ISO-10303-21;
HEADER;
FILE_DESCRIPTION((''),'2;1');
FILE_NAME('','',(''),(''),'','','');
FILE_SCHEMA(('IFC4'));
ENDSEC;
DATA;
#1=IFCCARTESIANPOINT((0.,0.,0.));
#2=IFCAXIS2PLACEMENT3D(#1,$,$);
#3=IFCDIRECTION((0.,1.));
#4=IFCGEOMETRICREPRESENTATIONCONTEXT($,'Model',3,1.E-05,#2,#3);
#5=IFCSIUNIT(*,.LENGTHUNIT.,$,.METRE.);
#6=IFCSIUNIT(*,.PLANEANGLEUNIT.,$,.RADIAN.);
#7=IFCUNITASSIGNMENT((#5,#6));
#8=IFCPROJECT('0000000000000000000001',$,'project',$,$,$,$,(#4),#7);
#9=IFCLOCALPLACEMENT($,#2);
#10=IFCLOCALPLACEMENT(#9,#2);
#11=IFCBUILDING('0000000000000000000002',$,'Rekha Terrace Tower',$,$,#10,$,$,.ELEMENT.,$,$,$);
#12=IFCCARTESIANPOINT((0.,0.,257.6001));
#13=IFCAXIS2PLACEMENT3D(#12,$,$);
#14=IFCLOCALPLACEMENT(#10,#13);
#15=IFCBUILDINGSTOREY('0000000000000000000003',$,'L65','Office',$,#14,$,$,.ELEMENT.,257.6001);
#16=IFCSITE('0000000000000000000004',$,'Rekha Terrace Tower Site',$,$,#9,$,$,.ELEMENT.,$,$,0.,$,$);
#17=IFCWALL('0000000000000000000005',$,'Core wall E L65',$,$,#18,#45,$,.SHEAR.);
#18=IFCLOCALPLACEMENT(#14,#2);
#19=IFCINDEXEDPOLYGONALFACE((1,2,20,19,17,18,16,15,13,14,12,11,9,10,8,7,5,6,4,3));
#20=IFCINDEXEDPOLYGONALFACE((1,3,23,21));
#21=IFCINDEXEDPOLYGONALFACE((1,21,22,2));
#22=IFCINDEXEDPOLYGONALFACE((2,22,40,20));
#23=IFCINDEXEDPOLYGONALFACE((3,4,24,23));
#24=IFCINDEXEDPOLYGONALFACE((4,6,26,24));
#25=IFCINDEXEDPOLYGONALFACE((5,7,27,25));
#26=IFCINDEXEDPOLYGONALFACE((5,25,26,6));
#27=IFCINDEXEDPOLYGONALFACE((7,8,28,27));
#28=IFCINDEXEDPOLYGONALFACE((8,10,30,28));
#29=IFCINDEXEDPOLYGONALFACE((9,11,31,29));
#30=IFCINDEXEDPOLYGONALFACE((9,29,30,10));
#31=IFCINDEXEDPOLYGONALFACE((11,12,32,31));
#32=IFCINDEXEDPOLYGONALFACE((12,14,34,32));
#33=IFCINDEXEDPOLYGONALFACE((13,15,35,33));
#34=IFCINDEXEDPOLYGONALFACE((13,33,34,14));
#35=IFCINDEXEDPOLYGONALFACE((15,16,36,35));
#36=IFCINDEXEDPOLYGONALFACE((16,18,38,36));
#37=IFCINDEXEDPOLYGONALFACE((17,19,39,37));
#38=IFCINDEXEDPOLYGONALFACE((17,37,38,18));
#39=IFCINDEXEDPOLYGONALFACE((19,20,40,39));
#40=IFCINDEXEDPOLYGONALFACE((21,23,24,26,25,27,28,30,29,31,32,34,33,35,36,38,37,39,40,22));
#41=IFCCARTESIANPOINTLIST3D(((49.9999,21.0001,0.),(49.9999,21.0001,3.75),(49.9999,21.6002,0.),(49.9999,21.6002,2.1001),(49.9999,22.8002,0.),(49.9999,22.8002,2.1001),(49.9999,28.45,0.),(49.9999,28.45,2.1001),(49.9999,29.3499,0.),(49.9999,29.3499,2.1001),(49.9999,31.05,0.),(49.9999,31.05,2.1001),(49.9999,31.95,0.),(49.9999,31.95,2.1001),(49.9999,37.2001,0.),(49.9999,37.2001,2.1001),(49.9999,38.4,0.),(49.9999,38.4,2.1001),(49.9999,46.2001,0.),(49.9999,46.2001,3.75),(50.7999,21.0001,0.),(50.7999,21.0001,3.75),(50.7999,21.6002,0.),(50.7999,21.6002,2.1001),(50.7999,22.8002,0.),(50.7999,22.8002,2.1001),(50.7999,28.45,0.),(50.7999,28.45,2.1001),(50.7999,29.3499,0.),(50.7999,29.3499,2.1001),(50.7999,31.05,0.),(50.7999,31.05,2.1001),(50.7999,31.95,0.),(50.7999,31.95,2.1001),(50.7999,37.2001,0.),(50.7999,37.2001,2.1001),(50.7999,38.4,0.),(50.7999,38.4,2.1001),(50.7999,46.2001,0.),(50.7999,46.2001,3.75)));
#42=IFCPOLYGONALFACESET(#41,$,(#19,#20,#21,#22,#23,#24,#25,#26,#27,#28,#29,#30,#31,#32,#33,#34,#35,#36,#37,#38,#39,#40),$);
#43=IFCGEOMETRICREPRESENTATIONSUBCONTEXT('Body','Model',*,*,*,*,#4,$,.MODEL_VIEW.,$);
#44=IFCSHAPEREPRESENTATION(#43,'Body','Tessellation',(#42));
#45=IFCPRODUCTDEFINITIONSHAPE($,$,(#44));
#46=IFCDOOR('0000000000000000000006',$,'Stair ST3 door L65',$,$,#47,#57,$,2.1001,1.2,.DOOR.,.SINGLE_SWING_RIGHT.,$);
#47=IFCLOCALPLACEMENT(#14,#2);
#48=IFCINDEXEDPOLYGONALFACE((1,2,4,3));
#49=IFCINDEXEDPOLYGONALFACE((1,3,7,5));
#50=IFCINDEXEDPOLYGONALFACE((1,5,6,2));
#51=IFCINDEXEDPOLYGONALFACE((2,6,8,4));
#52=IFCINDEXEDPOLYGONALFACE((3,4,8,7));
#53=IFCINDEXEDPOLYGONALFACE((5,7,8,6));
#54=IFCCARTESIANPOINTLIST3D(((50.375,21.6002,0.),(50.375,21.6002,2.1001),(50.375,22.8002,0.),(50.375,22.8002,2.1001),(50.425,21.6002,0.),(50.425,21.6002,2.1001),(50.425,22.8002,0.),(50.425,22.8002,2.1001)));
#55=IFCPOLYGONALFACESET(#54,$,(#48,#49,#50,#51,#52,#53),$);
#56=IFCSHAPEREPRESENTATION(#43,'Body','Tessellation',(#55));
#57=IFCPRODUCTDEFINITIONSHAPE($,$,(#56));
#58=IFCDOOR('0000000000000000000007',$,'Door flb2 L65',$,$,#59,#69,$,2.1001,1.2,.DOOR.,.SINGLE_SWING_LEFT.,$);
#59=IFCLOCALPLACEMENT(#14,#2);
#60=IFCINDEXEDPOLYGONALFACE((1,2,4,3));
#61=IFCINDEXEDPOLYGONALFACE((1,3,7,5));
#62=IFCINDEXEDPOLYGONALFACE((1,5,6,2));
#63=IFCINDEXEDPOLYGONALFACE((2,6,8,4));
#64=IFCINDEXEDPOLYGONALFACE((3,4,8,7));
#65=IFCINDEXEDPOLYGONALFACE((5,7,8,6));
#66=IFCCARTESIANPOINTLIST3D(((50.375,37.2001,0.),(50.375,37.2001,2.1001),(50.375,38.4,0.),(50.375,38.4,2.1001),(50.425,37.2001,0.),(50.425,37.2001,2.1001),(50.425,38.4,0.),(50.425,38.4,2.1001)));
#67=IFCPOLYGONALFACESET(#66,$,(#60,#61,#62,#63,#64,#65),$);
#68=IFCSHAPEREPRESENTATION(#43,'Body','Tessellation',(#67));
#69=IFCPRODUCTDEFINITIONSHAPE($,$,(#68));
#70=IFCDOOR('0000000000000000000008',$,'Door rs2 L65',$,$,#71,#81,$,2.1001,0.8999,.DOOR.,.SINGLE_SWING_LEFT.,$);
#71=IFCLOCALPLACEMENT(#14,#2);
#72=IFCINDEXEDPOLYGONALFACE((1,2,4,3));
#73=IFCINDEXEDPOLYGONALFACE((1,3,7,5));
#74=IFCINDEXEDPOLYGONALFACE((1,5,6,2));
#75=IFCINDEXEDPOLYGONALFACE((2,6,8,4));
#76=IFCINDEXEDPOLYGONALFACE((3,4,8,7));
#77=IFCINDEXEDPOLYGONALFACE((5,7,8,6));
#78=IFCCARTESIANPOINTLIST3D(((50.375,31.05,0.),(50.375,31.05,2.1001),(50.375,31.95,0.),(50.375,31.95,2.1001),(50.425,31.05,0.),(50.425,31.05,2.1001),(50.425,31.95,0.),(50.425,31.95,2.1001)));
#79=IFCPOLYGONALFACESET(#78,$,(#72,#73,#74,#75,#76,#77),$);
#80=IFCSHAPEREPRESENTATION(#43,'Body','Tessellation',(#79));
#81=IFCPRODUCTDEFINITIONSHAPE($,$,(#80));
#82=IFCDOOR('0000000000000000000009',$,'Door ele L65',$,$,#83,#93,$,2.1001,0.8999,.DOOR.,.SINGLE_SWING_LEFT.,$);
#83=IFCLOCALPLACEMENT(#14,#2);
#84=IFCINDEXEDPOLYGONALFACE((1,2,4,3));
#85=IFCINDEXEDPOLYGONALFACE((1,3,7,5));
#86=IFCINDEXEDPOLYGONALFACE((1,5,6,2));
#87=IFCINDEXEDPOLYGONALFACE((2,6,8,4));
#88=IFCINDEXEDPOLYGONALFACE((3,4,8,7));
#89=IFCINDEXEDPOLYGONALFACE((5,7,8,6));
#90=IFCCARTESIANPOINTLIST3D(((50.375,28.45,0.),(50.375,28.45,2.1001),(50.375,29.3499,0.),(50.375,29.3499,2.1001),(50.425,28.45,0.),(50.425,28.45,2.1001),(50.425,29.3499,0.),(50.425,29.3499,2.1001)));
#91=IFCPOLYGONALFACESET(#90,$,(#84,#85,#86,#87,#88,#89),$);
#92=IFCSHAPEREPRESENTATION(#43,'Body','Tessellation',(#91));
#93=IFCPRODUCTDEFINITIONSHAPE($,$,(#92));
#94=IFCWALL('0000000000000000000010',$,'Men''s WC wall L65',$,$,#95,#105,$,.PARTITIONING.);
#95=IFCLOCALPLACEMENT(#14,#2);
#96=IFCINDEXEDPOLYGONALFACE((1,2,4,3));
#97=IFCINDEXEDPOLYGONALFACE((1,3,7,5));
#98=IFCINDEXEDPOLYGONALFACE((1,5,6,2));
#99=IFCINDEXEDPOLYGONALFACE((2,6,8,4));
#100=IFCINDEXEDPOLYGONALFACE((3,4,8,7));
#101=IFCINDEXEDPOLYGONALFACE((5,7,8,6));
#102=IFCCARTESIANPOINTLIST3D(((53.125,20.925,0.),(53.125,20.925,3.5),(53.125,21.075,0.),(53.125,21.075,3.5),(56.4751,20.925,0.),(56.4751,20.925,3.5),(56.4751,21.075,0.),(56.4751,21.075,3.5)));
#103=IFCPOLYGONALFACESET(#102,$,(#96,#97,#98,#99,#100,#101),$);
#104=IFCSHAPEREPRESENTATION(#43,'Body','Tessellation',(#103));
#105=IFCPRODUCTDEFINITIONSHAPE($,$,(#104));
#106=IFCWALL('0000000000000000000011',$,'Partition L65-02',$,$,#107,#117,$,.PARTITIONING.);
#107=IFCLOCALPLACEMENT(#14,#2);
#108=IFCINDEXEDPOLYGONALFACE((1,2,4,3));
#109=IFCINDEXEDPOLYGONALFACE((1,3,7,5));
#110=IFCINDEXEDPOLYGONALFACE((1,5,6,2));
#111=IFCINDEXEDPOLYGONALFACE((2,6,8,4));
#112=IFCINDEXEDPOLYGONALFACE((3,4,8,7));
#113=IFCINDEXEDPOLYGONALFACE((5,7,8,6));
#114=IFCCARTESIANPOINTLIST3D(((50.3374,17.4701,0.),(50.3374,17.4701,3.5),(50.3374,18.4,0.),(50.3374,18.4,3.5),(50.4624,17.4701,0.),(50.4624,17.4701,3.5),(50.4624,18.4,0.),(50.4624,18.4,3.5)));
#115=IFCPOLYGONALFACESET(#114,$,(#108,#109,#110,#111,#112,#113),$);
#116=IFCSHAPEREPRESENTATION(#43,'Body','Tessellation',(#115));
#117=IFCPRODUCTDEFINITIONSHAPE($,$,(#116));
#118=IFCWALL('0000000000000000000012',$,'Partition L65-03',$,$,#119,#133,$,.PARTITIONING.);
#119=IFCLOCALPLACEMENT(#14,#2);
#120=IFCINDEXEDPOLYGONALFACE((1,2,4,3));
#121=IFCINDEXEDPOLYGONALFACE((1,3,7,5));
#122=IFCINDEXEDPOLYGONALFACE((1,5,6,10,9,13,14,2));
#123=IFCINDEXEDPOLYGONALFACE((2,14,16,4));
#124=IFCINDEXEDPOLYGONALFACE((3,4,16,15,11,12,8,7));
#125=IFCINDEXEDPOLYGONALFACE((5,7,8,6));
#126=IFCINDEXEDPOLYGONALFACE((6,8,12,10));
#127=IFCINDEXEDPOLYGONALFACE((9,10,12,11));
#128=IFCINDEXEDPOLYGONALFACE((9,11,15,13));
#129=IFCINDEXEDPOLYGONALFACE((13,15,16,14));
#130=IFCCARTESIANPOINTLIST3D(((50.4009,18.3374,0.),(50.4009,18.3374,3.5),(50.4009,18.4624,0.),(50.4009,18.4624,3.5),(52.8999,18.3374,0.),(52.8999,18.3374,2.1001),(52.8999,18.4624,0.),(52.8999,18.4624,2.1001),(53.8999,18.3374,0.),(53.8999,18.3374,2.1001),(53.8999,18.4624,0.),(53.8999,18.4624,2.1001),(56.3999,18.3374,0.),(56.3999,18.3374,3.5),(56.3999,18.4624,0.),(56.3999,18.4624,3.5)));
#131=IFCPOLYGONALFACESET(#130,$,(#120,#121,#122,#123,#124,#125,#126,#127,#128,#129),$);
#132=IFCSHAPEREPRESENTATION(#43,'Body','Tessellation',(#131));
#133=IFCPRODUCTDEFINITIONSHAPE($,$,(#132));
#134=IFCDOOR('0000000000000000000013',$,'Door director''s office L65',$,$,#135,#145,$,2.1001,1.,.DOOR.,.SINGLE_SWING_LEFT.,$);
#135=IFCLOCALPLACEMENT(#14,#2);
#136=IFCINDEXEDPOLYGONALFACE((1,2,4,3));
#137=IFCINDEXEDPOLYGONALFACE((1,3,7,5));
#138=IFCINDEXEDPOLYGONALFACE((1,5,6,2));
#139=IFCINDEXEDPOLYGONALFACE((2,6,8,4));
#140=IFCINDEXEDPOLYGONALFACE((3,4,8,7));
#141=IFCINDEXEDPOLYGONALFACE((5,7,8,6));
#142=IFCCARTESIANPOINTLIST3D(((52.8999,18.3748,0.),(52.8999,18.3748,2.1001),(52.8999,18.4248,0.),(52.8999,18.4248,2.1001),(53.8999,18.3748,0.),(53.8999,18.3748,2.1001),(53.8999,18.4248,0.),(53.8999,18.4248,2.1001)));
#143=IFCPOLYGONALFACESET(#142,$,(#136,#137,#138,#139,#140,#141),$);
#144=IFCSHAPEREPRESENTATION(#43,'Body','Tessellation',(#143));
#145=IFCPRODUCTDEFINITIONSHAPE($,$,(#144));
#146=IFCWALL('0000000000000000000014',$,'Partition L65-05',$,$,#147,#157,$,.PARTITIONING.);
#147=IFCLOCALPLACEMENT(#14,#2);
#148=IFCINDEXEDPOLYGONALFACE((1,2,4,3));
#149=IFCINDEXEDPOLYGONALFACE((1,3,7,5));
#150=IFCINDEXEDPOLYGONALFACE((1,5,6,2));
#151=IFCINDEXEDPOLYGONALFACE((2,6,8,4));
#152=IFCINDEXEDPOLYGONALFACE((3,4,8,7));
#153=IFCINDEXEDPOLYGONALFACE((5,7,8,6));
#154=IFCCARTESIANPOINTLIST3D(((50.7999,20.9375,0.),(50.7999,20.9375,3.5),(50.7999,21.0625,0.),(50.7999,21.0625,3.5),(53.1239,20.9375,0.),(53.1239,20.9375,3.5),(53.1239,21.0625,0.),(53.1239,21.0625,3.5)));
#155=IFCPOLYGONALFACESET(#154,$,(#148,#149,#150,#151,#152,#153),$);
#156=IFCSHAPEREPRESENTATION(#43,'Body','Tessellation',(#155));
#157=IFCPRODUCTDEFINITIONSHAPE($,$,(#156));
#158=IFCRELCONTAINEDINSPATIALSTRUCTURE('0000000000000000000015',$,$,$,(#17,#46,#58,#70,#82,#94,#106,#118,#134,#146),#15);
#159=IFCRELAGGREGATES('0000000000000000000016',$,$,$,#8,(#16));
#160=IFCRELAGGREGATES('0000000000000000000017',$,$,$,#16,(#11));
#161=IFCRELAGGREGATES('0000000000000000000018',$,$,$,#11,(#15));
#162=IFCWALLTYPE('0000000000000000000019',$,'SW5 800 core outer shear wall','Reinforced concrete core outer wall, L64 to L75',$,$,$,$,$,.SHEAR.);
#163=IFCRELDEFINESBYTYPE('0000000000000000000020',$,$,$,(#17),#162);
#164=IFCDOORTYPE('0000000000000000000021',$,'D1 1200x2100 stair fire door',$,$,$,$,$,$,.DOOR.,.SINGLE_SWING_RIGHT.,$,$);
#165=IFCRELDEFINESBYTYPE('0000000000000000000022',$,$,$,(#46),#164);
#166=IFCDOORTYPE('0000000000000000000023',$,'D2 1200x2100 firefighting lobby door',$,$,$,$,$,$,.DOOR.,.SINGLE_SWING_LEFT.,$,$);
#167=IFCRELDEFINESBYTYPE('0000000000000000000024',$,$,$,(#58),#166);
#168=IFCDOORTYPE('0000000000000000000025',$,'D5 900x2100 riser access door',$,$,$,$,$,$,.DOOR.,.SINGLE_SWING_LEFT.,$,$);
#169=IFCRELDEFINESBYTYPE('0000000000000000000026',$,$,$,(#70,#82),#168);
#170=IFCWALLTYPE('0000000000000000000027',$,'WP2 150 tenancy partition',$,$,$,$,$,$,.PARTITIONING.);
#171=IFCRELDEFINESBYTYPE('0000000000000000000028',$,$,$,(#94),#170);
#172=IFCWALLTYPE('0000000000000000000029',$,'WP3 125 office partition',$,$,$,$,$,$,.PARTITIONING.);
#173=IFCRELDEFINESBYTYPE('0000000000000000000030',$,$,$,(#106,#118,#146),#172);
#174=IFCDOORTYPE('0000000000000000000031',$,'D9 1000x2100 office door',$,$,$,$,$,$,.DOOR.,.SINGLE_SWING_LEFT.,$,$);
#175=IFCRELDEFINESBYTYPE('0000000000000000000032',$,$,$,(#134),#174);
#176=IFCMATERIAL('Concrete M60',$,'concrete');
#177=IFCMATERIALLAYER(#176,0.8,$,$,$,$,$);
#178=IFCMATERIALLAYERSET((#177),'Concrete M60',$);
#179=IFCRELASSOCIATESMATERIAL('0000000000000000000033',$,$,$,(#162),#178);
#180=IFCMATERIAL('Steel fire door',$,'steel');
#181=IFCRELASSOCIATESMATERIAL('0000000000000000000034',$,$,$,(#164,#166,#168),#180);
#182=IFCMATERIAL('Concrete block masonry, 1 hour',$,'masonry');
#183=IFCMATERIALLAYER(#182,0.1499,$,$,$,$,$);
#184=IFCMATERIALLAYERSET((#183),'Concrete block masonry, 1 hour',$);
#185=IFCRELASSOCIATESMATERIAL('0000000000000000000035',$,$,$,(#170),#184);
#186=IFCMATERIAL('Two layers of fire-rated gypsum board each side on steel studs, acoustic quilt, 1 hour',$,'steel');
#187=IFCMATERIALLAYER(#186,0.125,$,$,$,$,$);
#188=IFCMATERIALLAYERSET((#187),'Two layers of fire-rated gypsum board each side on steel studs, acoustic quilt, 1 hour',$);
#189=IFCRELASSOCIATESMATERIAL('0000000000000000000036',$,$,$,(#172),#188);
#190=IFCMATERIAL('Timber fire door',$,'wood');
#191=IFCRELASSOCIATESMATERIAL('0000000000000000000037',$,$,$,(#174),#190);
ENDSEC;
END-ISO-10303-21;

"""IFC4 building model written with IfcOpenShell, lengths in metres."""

from ifc_helpers import new_model, si_unit, direction, frame, frame_2d, origin, place, context, subcontext, project, spatial, rectangle, extrude, material, layer, layer_set, type_object, element, fill, save


model = new_model("IFC4")

# Units and contexts
model_context = context("Model", 3, precision=1e-05, world=origin(), true_north=direction((0.0, 1.0)))
body_context = subcontext(model_context, "Body", "Model", "MODEL_VIEW")
ifc_project = project(units=[si_unit("LENGTHUNIT", "METRE"), si_unit("PLANEANGLEUNIT", "RADIAN")], contexts=[model_context])

# Site, building, storey
site_placement = place(None, origin())
site = spatial("IfcSite", under=ifc_project, at=site_placement, Name="Rekha Terrace Tower Site", CompositionType="ELEMENT", RefElevation=0.0)
building_placement = place(site_placement, origin())
building = spatial("IfcBuilding", under=site, at=building_placement, Name="Rekha Terrace Tower", CompositionType="ELEMENT")
storey_placement = place(building_placement, frame((0.0, 0.0, 257.6001)))
storey = spatial("IfcBuildingStorey", under=building, at=storey_placement, Name="L65", Description="Office", CompositionType="ELEMENT", Elevation=257.6001)

# Shared definitions
ifc_material_1 = material(Name="Concrete M60", Category="concrete")

# Wall, openings, doors
ifc_layer_1 = layer(ifc_material_1, 0.8)
ifc_layer_set_1 = layer_set([ifc_layer_1], Name="Concrete M60")
wall_type_1 = type_object("IfcWallType", Name="SW5 800 core outer shear wall", Description="Reinforced concrete core outer wall, L64 to L75", PredefinedType="SHEAR", material=ifc_layer_set_1)
wall_1_placement = place(storey_placement, frame((50.3999, 21.0, 0.0), z_axis=(0.0, 0.0, 1.0), x_axis=(0.0, 1.0, 0.0)))
wall_1 = element("IfcWall", 1, at=wall_1_placement, inside=storey, type_object=wall_type_1, Name="Core wall E L65", PredefinedType="SHEAR", context=body_context, shape_type="SweptSolid", body=[
    extrude(rectangle(XDim=25.2, YDim=0.8, at=frame_2d((12.6001, 0.0))), origin(), (0.0, 0.0, 1.0), 3.75),
])
opening_1_placement = place(wall_1_placement, frame((16.2, 0.0, 0.0)))
opening_1 = element("IfcOpeningElement", 2, at=opening_1_placement, cuts=wall_1, PredefinedType="OPENING", context=body_context, shape_type="SweptSolid", body=[
    extrude(rectangle(XDim=1.2, YDim=2.1001, at=frame_2d((0.6001, 1.05))), frame((0.0, 0.4099, 0.0), z_axis=(0.0, -1.0, 0.0), x_axis=(1.0, 0.0, 0.0)), (0.0, 0.0, 1.0), 0.8201),
])
opening_2_placement = place(wall_1_placement, frame((10.05, 0.0, 0.0)))
opening_2 = element("IfcOpeningElement", 3, at=opening_2_placement, cuts=wall_1, PredefinedType="OPENING", context=body_context, shape_type="SweptSolid", body=[
    extrude(rectangle(XDim=0.8999, YDim=2.1001, at=frame_2d((0.45, 1.05))), frame((0.0, 0.4099, 0.0), z_axis=(0.0, -1.0, 0.0), x_axis=(1.0, 0.0, 0.0)), (0.0, 0.0, 1.0), 0.8201),
])
opening_3_placement = place(wall_1_placement, frame((7.45, 0.0, 0.0)))
opening_3 = element("IfcOpeningElement", 4, at=opening_3_placement, cuts=wall_1, PredefinedType="OPENING", context=body_context, shape_type="SweptSolid", body=[
    extrude(rectangle(XDim=0.8999, YDim=2.1001, at=frame_2d((0.45, 1.05))), frame((0.0, 0.4099, 0.0), z_axis=(0.0, -1.0, 0.0), x_axis=(1.0, 0.0, 0.0)), (0.0, 0.0, 1.0), 0.8201),
])
opening_4_placement = place(wall_1_placement, frame((0.6001, 0.0, 0.0)))
opening_4 = element("IfcOpeningElement", 5, at=opening_4_placement, cuts=wall_1, PredefinedType="OPENING", context=body_context, shape_type="SweptSolid", body=[
    extrude(rectangle(XDim=1.2, YDim=2.1001, at=frame_2d((0.6001, 1.05))), frame((0.0, 0.4099, 0.0), z_axis=(0.0, -1.0, 0.0), x_axis=(1.0, 0.0, 0.0)), (0.0, 0.0, 1.0), 0.8201),
])
ifc_material_2 = material(Name="Steel fire door", Category="steel")
door_type_1 = type_object("IfcDoorType", Name="D1 1200x2100 stair fire door", OperationType="SINGLE_SWING_RIGHT", PredefinedType="DOOR", material=ifc_material_2)
door_1_placement = place(opening_4_placement, origin())
door_1 = element("IfcDoor", 6, at=door_1_placement, inside=storey, type_object=door_type_1, Name="Stair ST3 door L65", OperationType="SINGLE_SWING_RIGHT", OverallHeight=2.1001, OverallWidth=1.2, PredefinedType="DOOR", context=body_context, shape_type="SweptSolid", body=[
    extrude(rectangle(XDim=1.2, YDim=2.1001, at=frame_2d((0.6001, 1.05))), frame((0.0, 0.0249, 0.0), z_axis=(0.0, -1.0, 0.0), x_axis=(1.0, 0.0, 0.0)), (0.0, 0.0, 1.0), 0.05),
])
fill(opening_4, door_1)
door_type_2 = type_object("IfcDoorType", Name="D2 1200x2100 firefighting lobby door", OperationType="SINGLE_SWING_LEFT", PredefinedType="DOOR", material=ifc_material_2)
door_2_placement = place(opening_1_placement, origin())
door_2 = element("IfcDoor", 7, at=door_2_placement, inside=storey, type_object=door_type_2, Name="Door flb2 L65", OperationType="SINGLE_SWING_LEFT", OverallHeight=2.1001, OverallWidth=1.2, PredefinedType="DOOR", context=body_context, shape_type="SweptSolid", body=[
    extrude(rectangle(XDim=1.2, YDim=2.1001, at=frame_2d((0.6001, 1.05))), frame((0.0, 0.0249, 0.0), z_axis=(0.0, -1.0, 0.0), x_axis=(1.0, 0.0, 0.0)), (0.0, 0.0, 1.0), 0.05),
])
fill(opening_1, door_2)
door_type_3 = type_object("IfcDoorType", Name="D5 900x2100 riser access door", OperationType="SINGLE_SWING_LEFT", PredefinedType="DOOR", material=ifc_material_2)
door_3_placement = place(opening_2_placement, origin())
door_3 = element("IfcDoor", 8, at=door_3_placement, inside=storey, type_object=door_type_3, Name="Door rs2 L65", OperationType="SINGLE_SWING_LEFT", OverallHeight=2.1001, OverallWidth=0.8999, PredefinedType="DOOR", context=body_context, shape_type="SweptSolid", body=[
    extrude(rectangle(XDim=0.8999, YDim=2.1001, at=frame_2d((0.45, 1.05))), frame((0.0, 0.0249, 0.0), z_axis=(0.0, -1.0, 0.0), x_axis=(1.0, 0.0, 0.0)), (0.0, 0.0, 1.0), 0.05),
])
fill(opening_2, door_3)
door_4_placement = place(opening_3_placement, origin())
door_4 = element("IfcDoor", 9, at=door_4_placement, inside=storey, type_object=door_type_3, Name="Door ele L65", OperationType="SINGLE_SWING_LEFT", OverallHeight=2.1001, OverallWidth=0.8999, PredefinedType="DOOR", context=body_context, shape_type="SweptSolid", body=[
    extrude(rectangle(XDim=0.8999, YDim=2.1001, at=frame_2d((0.45, 1.05))), frame((0.0, 0.0249, 0.0), z_axis=(0.0, -1.0, 0.0), x_axis=(1.0, 0.0, 0.0)), (0.0, 0.0, 1.0), 0.05),
])
fill(opening_3, door_4)

# Walls
ifc_material_3 = material(Name="Concrete block masonry, 1 hour", Category="masonry")
ifc_layer_2 = layer(ifc_material_3, 0.1499)
ifc_layer_set_2 = layer_set([ifc_layer_2], Name="Concrete block masonry, 1 hour")
wall_type_2 = type_object("IfcWallType", Name="WP2 150 tenancy partition", PredefinedType="PARTITIONING", material=ifc_layer_set_2)
wall_2_placement = place(storey_placement, frame((53.125, 21.0, 0.0), z_axis=(0.0, 0.0, 1.0), x_axis=(1.0, 0.0, 0.0)))
element("IfcWall", 10, at=wall_2_placement, inside=storey, type_object=wall_type_2, Name="Men's WC wall L65", PredefinedType="PARTITIONING", context=body_context, shape_type="SweptSolid", body=[
    extrude(rectangle(XDim=3.3501, YDim=0.1499, at=frame_2d((1.675, 0.0))), origin(), (0.0, 0.0, 1.0), 3.5),
])
ifc_material_4 = material(Name="Two layers of fire-rated gypsum board each side on steel studs, acoustic quilt, 1 hour", Category="steel")
ifc_layer_3 = layer(ifc_material_4, 0.125)
ifc_layer_set_3 = layer_set([ifc_layer_3], Name="Two layers of fire-rated gypsum board each side on steel studs, acoustic quilt, 1 hour")
wall_type_3 = type_object("IfcWallType", Name="WP3 125 office partition", PredefinedType="PARTITIONING", material=ifc_layer_set_3)
wall_3_placement = place(storey_placement, frame((50.3999, 18.3999, 0.0), z_axis=(0.0, 0.0, 1.0), x_axis=(0.0, -1.0, 0.0)))
element("IfcWall", 11, at=wall_3_placement, inside=storey, type_object=wall_type_3, Name="Partition L65-02", PredefinedType="PARTITIONING", context=body_context, shape_type="SweptSolid", body=[
    extrude(rectangle(XDim=0.9299, YDim=0.125, at=frame_2d((0.4648, 0.0))), origin(), (0.0, 0.0, 1.0), 3.5),
])

# Wall, opening, door
wall_4_placement = place(storey_placement, frame((50.4009, 18.3999, 0.0), z_axis=(0.0, 0.0, 1.0), x_axis=(1.0, 0.0, 0.0)))
wall_4 = element("IfcWall", 12, at=wall_4_placement, inside=storey, type_object=wall_type_3, Name="Partition L65-03", PredefinedType="PARTITIONING", context=body_context, shape_type="SweptSolid", body=[
    extrude(rectangle(XDim=5.999, YDim=0.125, at=frame_2d((2.9995, 0.0))), origin(), (0.0, 0.0, 1.0), 3.5),
])
opening_5_placement = place(wall_4_placement, frame((2.499, 0.0, 0.0)))
opening_5 = element("IfcOpeningElement", 13, at=opening_5_placement, cuts=wall_4, PredefinedType="OPENING", context=body_context, shape_type="SweptSolid", body=[
    extrude(rectangle(XDim=1.0, YDim=2.1001, at=frame_2d((0.5, 1.05))), frame((0.0, 0.0725, 0.0), z_axis=(0.0, -1.0, 0.0), x_axis=(1.0, 0.0, 0.0)), (0.0, 0.0, 1.0), 0.145),
])
ifc_material_5 = material(Name="Timber fire door", Category="wood")
door_type_4 = type_object("IfcDoorType", Name="D9 1000x2100 office door", OperationType="SINGLE_SWING_LEFT", PredefinedType="DOOR", material=ifc_material_5)
door_5_placement = place(opening_5_placement, origin())
door_5 = element("IfcDoor", 14, at=door_5_placement, inside=storey, type_object=door_type_4, Name="Door director's office L65", OperationType="SINGLE_SWING_LEFT", OverallHeight=2.1001, OverallWidth=1.0, PredefinedType="DOOR", context=body_context, shape_type="SweptSolid", body=[
    extrude(rectangle(XDim=1.0, YDim=2.1001, at=frame_2d((0.5, 1.05))), frame((0.0, 0.0249, 0.0), z_axis=(0.0, -1.0, 0.0), x_axis=(1.0, 0.0, 0.0)), (0.0, 0.0, 1.0), 0.05),
])
fill(opening_5, door_5)

# Wall
wall_5_placement = place(storey_placement, frame((53.124, 21.0, 0.0), z_axis=(0.0, 0.0, 1.0), x_axis=(-1.0, 0.0, 0.0)))
element("IfcWall", 15, at=wall_5_placement, inside=storey, type_object=wall_type_3, Name="Partition L65-05", PredefinedType="PARTITIONING", context=body_context, shape_type="SweptSolid", body=[
    extrude(rectangle(XDim=2.324, YDim=0.125, at=frame_2d((1.1621, 0.0))), origin(), (0.0, 0.0, 1.0), 3.5),
])

save(model, "model.ifc")
